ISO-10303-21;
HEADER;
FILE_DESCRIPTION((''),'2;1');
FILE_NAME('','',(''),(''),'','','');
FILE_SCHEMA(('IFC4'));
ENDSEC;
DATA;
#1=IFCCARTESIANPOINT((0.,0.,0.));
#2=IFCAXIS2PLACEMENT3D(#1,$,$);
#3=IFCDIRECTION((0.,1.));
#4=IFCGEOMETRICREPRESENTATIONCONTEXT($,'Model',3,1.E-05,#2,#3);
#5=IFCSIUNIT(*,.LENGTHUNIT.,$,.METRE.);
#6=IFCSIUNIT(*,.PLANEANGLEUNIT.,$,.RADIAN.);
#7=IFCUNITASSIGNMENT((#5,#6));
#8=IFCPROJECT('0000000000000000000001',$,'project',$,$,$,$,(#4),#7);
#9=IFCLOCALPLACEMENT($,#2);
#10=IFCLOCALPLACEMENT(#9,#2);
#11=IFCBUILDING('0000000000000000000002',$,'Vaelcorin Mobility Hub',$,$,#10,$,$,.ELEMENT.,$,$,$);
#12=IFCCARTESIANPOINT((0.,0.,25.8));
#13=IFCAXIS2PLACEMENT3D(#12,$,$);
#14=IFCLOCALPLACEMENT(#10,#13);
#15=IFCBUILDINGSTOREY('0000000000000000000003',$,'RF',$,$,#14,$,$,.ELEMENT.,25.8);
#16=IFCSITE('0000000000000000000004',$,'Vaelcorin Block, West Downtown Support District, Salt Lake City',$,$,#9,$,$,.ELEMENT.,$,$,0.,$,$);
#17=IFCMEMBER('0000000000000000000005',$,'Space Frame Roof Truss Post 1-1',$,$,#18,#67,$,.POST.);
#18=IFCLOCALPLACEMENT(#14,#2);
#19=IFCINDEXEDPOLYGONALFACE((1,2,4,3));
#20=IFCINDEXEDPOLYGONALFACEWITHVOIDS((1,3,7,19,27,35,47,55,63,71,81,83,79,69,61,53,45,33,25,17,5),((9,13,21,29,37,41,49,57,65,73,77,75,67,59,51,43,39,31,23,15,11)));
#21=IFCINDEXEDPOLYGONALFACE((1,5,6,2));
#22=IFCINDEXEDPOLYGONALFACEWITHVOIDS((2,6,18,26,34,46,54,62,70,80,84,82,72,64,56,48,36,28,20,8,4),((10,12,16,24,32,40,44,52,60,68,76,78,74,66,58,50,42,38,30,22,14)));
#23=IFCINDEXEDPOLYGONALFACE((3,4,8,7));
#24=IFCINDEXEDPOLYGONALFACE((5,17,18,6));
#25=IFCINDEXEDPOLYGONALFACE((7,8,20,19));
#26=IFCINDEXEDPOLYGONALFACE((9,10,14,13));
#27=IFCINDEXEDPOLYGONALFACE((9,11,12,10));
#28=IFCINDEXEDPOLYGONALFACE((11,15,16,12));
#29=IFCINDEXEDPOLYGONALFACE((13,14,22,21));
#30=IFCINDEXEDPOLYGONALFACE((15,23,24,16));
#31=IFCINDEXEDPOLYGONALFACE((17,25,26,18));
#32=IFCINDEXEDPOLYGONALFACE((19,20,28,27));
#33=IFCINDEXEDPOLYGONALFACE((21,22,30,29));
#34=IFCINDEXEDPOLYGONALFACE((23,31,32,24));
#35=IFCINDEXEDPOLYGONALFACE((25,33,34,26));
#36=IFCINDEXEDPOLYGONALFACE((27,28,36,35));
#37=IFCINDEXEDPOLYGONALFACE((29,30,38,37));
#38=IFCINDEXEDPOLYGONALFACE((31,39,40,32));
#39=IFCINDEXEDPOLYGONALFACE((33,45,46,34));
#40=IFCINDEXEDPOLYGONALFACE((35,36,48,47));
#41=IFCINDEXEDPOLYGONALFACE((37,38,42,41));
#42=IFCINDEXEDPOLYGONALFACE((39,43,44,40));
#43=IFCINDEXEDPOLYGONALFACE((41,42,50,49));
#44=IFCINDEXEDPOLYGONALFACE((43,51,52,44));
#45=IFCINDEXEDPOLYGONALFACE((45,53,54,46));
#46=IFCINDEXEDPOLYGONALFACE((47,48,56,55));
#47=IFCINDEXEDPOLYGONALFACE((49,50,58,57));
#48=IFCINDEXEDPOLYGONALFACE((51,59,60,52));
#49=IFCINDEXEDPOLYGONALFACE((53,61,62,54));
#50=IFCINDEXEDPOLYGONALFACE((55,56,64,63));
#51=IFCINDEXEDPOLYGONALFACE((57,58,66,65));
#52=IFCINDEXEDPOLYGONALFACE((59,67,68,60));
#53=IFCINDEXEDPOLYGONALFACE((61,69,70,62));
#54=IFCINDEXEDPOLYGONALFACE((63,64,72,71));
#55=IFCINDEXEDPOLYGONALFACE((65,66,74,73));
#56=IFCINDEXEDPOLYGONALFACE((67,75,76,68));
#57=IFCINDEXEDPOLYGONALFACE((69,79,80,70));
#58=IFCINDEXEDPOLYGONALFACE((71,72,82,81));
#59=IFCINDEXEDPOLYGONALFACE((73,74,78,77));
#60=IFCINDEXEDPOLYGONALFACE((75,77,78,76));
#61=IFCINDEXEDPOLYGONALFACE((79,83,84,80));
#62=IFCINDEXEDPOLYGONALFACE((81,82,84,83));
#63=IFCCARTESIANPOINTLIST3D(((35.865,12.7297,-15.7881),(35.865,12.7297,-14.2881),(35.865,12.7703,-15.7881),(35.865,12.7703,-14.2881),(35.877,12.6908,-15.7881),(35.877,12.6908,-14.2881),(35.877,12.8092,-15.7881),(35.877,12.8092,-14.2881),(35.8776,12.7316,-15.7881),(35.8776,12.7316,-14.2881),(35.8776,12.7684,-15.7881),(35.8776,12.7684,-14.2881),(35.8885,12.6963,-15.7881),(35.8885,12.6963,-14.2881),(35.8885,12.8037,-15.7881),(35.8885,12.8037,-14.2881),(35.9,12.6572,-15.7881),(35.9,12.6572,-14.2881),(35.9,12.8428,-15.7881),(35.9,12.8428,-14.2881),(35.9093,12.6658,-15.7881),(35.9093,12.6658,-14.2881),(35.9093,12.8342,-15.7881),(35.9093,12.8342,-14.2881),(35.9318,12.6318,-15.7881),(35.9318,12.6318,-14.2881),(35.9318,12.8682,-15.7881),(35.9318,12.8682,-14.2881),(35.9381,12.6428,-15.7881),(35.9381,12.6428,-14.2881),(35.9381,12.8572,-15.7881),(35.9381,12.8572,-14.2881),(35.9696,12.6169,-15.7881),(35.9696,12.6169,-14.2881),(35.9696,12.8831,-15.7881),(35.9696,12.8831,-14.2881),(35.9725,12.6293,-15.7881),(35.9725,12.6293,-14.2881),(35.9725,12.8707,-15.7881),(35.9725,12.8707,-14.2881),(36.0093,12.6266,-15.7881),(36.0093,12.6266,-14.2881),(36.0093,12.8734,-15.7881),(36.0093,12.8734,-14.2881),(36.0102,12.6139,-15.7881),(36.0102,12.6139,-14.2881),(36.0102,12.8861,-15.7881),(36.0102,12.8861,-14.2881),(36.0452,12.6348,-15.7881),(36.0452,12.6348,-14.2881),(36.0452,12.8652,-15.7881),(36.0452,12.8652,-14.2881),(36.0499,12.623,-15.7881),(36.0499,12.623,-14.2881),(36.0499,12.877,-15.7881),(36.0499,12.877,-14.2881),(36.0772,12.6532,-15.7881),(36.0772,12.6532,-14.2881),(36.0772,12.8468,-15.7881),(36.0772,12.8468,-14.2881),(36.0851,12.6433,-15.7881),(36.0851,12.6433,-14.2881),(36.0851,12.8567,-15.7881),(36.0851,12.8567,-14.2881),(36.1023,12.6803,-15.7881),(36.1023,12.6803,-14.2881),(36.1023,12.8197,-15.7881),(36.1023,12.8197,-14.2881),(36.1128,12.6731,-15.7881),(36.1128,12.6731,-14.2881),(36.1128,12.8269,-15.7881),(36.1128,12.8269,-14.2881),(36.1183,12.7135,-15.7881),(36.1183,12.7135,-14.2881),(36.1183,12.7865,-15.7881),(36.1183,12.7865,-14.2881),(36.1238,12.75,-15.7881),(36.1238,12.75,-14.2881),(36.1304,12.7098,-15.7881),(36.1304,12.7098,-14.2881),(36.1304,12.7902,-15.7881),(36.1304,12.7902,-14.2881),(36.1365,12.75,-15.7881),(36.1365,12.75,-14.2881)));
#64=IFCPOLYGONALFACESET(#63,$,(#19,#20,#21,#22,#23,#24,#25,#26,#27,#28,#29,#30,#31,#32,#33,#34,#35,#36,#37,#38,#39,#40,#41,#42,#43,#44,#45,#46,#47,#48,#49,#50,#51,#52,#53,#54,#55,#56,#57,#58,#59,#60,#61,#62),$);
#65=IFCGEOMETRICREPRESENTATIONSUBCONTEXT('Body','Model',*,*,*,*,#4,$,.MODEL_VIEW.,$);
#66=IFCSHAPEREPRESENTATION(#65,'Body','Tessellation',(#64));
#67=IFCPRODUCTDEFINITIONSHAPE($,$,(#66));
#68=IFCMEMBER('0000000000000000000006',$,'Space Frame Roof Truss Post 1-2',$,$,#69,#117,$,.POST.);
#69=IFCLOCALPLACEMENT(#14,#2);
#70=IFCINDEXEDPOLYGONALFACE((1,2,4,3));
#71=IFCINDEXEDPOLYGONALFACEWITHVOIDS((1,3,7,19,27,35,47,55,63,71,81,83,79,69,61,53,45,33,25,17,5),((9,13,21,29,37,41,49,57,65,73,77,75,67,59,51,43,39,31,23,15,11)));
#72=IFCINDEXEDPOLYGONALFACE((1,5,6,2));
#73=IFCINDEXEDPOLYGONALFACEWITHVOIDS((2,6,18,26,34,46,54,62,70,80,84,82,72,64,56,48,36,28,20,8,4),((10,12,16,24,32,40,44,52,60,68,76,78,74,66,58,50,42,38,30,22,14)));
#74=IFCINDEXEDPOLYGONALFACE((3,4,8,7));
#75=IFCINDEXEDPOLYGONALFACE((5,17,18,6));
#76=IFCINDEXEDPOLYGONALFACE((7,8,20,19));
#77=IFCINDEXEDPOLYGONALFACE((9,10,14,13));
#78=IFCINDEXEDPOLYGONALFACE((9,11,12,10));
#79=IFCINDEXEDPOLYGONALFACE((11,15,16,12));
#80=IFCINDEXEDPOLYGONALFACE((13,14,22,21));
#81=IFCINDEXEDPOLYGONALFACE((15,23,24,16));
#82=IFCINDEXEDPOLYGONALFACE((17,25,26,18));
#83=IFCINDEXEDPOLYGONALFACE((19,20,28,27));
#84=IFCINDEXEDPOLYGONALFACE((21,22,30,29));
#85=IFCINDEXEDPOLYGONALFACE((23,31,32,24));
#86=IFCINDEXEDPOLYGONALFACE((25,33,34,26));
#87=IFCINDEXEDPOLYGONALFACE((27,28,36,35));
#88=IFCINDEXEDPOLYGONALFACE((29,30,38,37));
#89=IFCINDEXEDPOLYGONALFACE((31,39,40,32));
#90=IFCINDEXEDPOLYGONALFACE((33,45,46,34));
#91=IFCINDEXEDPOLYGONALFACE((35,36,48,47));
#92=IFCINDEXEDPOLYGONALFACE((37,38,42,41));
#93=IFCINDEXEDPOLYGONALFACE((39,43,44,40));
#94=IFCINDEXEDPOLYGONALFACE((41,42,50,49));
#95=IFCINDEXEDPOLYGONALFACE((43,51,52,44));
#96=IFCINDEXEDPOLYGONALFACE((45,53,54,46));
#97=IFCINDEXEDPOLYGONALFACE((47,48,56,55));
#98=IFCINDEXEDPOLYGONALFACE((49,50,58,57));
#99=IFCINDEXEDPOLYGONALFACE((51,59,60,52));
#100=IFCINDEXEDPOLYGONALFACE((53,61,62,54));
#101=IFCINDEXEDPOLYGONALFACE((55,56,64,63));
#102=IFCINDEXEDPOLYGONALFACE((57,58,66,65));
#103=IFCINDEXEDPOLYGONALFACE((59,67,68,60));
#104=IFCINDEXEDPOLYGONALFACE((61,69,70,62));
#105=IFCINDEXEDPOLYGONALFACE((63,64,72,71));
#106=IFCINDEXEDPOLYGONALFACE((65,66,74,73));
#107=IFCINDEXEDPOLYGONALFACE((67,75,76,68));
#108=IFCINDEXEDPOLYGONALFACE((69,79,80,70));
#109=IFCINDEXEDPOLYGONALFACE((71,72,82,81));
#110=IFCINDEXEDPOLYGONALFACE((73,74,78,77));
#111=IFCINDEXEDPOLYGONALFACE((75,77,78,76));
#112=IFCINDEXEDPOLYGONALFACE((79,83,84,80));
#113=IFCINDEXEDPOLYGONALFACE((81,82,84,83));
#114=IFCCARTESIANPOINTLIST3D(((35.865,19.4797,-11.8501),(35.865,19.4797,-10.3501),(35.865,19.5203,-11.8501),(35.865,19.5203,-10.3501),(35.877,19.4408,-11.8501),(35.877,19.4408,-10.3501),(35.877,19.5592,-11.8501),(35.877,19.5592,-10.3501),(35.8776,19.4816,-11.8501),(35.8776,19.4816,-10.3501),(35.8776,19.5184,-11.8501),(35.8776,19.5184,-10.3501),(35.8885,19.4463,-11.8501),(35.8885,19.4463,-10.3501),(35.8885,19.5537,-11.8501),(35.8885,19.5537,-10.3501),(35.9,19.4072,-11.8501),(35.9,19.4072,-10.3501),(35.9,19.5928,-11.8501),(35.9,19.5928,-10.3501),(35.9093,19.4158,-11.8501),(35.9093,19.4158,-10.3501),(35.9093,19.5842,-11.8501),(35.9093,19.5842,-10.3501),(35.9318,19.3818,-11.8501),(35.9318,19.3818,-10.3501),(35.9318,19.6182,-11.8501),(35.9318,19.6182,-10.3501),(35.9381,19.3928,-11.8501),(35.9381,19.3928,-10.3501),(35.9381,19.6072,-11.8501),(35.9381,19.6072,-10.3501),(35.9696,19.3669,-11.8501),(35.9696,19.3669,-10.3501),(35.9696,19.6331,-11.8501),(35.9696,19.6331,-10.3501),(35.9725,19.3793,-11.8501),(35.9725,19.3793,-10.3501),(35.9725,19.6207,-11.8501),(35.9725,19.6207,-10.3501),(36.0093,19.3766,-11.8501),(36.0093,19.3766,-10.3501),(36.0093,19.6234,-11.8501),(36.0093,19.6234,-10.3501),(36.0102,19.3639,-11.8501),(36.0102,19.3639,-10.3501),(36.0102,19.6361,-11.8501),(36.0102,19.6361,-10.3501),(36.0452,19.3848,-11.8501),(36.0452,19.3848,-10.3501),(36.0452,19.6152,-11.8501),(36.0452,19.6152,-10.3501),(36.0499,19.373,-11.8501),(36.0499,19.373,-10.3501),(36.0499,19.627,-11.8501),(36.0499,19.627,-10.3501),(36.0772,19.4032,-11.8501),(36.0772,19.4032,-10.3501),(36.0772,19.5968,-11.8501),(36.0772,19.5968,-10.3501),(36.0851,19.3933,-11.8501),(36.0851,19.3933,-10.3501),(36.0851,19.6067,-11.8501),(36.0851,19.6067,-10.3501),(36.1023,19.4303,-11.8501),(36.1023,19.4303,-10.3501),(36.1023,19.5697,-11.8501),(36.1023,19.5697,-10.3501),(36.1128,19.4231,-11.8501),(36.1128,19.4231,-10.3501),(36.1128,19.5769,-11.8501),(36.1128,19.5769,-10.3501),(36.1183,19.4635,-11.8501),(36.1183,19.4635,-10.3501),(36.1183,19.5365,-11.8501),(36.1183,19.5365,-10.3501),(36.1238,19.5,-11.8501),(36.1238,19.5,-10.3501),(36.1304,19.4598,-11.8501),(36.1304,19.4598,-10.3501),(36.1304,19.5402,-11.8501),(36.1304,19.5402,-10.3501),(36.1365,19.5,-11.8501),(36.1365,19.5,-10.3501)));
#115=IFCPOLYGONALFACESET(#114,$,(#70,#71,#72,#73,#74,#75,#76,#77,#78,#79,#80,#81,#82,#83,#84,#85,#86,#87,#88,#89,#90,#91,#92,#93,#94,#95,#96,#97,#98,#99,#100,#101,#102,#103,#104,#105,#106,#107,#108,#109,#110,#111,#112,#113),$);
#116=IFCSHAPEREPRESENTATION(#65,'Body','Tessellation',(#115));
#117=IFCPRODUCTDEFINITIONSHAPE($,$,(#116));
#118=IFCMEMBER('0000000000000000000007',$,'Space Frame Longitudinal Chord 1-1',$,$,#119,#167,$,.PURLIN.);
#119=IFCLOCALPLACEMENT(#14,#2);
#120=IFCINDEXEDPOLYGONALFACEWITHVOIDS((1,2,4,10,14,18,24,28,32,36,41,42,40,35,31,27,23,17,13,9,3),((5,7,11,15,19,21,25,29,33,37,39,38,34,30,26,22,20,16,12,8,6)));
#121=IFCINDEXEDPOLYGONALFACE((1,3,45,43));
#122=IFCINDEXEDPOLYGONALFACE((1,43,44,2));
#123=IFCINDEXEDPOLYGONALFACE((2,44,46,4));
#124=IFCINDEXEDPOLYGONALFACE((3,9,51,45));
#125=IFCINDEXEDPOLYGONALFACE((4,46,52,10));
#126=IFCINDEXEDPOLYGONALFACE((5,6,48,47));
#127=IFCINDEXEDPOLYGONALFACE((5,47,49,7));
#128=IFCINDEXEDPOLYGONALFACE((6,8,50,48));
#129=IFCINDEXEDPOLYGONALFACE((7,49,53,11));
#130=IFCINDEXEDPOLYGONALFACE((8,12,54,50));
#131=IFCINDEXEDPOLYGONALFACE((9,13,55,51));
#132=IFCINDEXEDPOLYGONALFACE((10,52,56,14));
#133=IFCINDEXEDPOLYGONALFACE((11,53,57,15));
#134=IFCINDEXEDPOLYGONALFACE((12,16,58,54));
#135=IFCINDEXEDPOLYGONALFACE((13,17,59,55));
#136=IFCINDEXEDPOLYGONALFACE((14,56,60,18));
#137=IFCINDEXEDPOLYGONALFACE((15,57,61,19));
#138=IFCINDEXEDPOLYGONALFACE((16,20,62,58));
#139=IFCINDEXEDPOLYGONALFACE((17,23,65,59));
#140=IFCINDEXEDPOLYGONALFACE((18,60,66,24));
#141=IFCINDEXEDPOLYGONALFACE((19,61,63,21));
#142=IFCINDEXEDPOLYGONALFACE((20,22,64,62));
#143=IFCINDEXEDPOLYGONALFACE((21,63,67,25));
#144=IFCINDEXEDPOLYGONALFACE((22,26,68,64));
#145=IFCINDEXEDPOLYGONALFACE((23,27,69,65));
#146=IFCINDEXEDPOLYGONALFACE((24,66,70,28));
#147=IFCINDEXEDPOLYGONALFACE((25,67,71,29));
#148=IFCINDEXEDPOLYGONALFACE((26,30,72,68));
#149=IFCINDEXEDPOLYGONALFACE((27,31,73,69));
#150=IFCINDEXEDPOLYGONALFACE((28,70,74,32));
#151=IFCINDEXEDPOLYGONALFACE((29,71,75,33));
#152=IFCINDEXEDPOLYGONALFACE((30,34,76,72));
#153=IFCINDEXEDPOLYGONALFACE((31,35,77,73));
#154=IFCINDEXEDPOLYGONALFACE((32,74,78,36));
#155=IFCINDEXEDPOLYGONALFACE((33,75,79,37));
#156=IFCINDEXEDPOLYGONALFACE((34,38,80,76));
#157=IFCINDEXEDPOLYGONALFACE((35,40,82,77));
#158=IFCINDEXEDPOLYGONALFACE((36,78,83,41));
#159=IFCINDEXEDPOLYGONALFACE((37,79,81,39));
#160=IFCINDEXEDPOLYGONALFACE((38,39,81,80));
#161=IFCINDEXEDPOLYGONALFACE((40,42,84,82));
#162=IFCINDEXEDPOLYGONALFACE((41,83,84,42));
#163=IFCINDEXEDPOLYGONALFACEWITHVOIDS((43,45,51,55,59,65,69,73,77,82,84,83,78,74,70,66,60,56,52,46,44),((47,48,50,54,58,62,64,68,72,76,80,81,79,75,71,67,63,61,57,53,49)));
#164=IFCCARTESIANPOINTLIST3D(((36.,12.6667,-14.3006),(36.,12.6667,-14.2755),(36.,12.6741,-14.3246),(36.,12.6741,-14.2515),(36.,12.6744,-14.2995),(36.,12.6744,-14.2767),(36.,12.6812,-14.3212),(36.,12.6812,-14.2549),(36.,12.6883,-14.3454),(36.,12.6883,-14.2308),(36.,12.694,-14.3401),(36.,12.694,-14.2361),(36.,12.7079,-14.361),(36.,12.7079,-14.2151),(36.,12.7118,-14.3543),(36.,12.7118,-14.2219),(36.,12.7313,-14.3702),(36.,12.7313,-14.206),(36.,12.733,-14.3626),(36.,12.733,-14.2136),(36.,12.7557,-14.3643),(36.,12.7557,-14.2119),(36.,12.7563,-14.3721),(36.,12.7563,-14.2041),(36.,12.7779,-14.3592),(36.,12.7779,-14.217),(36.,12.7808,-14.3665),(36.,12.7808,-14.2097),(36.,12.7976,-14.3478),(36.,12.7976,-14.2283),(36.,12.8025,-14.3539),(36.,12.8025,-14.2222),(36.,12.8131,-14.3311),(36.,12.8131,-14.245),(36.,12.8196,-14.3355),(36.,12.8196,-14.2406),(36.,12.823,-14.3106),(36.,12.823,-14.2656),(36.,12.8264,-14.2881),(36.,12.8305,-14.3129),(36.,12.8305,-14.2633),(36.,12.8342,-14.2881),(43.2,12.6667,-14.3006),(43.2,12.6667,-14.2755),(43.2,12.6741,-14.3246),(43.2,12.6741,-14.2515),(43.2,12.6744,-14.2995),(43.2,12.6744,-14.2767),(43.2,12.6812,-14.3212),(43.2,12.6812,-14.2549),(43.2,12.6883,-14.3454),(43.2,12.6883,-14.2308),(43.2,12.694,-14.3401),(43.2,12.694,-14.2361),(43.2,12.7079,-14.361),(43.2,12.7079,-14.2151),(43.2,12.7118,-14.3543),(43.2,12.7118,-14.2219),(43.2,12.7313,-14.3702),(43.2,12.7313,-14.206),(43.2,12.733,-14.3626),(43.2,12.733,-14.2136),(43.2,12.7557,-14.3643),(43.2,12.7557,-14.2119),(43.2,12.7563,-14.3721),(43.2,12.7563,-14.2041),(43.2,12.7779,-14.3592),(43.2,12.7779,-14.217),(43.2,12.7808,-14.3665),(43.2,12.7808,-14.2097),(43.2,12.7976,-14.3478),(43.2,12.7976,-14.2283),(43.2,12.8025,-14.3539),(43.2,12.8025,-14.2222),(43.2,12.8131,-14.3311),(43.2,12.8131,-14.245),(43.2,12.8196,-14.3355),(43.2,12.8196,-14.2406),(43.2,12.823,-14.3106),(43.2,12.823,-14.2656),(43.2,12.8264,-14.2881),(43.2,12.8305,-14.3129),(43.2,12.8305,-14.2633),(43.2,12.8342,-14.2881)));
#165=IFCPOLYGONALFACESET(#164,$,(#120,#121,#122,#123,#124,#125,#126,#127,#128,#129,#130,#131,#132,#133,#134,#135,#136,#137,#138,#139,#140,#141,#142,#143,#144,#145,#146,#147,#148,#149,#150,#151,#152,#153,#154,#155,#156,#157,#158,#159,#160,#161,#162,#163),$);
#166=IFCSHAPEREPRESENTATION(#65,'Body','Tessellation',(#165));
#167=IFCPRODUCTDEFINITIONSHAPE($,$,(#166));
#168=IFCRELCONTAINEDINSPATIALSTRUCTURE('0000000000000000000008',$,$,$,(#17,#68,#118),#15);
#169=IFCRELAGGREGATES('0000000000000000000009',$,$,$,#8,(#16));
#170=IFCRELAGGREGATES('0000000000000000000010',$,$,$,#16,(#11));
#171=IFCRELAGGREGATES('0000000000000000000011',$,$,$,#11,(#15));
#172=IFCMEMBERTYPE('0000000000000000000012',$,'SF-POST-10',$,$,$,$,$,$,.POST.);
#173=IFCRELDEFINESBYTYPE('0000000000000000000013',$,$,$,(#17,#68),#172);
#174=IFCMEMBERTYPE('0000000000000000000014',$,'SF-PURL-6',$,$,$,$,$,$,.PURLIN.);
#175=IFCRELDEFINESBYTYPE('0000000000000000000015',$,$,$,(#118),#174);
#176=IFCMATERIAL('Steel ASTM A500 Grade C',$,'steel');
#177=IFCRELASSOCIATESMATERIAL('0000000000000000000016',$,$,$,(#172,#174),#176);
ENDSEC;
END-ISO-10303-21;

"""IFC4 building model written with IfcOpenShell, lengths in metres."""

from ifc_helpers import new_model, si_unit, direction, frame, origin, origin_2d, place, context, subcontext, project, spatial, hollow_circle, extrude, material, material_profile, profile_set, type_object, element, save


model = new_model("IFC4")

# Units and contexts
model_context = context("Model", 3, precision=1e-05, world=origin(), true_north=direction((0.0, 1.0)))
body_context = subcontext(model_context, "Body", "Model", "MODEL_VIEW")
ifc_project = project(units=[si_unit("LENGTHUNIT", "METRE"), si_unit("PLANEANGLEUNIT", "RADIAN")], contexts=[model_context])

# Site, building, storey
site_placement = place(None, origin())
site = spatial("IfcSite", under=ifc_project, at=site_placement, Name="Vaelcorin Block, West Downtown Support District, Salt Lake City", CompositionType="ELEMENT", RefElevation=0.0)
building_placement = place(site_placement, origin())
building = spatial("IfcBuilding", under=site, at=building_placement, Name="Vaelcorin Mobility Hub", CompositionType="ELEMENT")
storey_placement = place(building_placement, frame((0.0, 0.0, 25.8)))
storey = spatial("IfcBuildingStorey", under=building, at=storey_placement, Name="RF", CompositionType="ELEMENT", Elevation=25.8)

# Members
ifc_material_1 = material(Name="Steel ASTM A500 Grade C", Category="steel")
ifc_material_profile_1 = material_profile(ifc_material_1, hollow_circle(Radius=0.1365, WallThickness=0.0127, at=origin_2d()), Name="HSS10.750X0.500")
ifc_profile_set_1 = profile_set([ifc_material_profile_1], Name="Steel ASTM A500 Grade C")
member_type_1 = type_object("IfcMemberType", Name="SF-POST-10", PredefinedType="POST", material=ifc_profile_set_1)
for number, where, z_axis, x_axis, name in (
    (1, (36.0, 12.75, -15.7881), (0.0, 0.0, 1.0), (1.0, 0.0, 0.0), "Space Frame Roof Truss Post 1-1"),
    (2, (36.0, 19.5, -11.8501), (0.0, 0.0, 1.0), (1.0, 0.0, 0.0), "Space Frame Roof Truss Post 1-2"),
):
    element("IfcMember", number, at=place(storey_placement, frame(where, z_axis=z_axis, x_axis=x_axis)), inside=storey, type_object=member_type_1, Name=name, PredefinedType="POST", context=body_context, shape_type="SweptSolid", body=[
        extrude(hollow_circle(Radius=0.1365, WallThickness=0.0127, at=origin_2d()), origin(), (0.0, 0.0, 1.0), 1.5),
    ])
ifc_material_profile_2 = material_profile(ifc_material_1, hollow_circle(Radius=0.0842, WallThickness=0.0078, at=origin_2d()), Name="HSS6.625X0.312")
ifc_profile_set_2 = profile_set([ifc_material_profile_2], Name="Steel ASTM A500 Grade C")
member_type_2 = type_object("IfcMemberType", Name="SF-PURL-6", PredefinedType="PURLIN", material=ifc_profile_set_2)
member_1_placement = place(storey_placement, frame((36.0, 12.75, -14.2881), z_axis=(1.0, 0.0, 0.0), x_axis=(0.0, 1.0, 0.0)))
element("IfcMember", 3, at=member_1_placement, inside=storey, type_object=member_type_2, Name="Space Frame Longitudinal Chord 1-1", PredefinedType="PURLIN", context=body_context, shape_type="SweptSolid", body=[
    extrude(hollow_circle(Radius=0.0842, WallThickness=0.0078, at=origin_2d()), origin(), (0.0, 0.0, 1.0), 7.2),
])

save(model, "model.ifc")
